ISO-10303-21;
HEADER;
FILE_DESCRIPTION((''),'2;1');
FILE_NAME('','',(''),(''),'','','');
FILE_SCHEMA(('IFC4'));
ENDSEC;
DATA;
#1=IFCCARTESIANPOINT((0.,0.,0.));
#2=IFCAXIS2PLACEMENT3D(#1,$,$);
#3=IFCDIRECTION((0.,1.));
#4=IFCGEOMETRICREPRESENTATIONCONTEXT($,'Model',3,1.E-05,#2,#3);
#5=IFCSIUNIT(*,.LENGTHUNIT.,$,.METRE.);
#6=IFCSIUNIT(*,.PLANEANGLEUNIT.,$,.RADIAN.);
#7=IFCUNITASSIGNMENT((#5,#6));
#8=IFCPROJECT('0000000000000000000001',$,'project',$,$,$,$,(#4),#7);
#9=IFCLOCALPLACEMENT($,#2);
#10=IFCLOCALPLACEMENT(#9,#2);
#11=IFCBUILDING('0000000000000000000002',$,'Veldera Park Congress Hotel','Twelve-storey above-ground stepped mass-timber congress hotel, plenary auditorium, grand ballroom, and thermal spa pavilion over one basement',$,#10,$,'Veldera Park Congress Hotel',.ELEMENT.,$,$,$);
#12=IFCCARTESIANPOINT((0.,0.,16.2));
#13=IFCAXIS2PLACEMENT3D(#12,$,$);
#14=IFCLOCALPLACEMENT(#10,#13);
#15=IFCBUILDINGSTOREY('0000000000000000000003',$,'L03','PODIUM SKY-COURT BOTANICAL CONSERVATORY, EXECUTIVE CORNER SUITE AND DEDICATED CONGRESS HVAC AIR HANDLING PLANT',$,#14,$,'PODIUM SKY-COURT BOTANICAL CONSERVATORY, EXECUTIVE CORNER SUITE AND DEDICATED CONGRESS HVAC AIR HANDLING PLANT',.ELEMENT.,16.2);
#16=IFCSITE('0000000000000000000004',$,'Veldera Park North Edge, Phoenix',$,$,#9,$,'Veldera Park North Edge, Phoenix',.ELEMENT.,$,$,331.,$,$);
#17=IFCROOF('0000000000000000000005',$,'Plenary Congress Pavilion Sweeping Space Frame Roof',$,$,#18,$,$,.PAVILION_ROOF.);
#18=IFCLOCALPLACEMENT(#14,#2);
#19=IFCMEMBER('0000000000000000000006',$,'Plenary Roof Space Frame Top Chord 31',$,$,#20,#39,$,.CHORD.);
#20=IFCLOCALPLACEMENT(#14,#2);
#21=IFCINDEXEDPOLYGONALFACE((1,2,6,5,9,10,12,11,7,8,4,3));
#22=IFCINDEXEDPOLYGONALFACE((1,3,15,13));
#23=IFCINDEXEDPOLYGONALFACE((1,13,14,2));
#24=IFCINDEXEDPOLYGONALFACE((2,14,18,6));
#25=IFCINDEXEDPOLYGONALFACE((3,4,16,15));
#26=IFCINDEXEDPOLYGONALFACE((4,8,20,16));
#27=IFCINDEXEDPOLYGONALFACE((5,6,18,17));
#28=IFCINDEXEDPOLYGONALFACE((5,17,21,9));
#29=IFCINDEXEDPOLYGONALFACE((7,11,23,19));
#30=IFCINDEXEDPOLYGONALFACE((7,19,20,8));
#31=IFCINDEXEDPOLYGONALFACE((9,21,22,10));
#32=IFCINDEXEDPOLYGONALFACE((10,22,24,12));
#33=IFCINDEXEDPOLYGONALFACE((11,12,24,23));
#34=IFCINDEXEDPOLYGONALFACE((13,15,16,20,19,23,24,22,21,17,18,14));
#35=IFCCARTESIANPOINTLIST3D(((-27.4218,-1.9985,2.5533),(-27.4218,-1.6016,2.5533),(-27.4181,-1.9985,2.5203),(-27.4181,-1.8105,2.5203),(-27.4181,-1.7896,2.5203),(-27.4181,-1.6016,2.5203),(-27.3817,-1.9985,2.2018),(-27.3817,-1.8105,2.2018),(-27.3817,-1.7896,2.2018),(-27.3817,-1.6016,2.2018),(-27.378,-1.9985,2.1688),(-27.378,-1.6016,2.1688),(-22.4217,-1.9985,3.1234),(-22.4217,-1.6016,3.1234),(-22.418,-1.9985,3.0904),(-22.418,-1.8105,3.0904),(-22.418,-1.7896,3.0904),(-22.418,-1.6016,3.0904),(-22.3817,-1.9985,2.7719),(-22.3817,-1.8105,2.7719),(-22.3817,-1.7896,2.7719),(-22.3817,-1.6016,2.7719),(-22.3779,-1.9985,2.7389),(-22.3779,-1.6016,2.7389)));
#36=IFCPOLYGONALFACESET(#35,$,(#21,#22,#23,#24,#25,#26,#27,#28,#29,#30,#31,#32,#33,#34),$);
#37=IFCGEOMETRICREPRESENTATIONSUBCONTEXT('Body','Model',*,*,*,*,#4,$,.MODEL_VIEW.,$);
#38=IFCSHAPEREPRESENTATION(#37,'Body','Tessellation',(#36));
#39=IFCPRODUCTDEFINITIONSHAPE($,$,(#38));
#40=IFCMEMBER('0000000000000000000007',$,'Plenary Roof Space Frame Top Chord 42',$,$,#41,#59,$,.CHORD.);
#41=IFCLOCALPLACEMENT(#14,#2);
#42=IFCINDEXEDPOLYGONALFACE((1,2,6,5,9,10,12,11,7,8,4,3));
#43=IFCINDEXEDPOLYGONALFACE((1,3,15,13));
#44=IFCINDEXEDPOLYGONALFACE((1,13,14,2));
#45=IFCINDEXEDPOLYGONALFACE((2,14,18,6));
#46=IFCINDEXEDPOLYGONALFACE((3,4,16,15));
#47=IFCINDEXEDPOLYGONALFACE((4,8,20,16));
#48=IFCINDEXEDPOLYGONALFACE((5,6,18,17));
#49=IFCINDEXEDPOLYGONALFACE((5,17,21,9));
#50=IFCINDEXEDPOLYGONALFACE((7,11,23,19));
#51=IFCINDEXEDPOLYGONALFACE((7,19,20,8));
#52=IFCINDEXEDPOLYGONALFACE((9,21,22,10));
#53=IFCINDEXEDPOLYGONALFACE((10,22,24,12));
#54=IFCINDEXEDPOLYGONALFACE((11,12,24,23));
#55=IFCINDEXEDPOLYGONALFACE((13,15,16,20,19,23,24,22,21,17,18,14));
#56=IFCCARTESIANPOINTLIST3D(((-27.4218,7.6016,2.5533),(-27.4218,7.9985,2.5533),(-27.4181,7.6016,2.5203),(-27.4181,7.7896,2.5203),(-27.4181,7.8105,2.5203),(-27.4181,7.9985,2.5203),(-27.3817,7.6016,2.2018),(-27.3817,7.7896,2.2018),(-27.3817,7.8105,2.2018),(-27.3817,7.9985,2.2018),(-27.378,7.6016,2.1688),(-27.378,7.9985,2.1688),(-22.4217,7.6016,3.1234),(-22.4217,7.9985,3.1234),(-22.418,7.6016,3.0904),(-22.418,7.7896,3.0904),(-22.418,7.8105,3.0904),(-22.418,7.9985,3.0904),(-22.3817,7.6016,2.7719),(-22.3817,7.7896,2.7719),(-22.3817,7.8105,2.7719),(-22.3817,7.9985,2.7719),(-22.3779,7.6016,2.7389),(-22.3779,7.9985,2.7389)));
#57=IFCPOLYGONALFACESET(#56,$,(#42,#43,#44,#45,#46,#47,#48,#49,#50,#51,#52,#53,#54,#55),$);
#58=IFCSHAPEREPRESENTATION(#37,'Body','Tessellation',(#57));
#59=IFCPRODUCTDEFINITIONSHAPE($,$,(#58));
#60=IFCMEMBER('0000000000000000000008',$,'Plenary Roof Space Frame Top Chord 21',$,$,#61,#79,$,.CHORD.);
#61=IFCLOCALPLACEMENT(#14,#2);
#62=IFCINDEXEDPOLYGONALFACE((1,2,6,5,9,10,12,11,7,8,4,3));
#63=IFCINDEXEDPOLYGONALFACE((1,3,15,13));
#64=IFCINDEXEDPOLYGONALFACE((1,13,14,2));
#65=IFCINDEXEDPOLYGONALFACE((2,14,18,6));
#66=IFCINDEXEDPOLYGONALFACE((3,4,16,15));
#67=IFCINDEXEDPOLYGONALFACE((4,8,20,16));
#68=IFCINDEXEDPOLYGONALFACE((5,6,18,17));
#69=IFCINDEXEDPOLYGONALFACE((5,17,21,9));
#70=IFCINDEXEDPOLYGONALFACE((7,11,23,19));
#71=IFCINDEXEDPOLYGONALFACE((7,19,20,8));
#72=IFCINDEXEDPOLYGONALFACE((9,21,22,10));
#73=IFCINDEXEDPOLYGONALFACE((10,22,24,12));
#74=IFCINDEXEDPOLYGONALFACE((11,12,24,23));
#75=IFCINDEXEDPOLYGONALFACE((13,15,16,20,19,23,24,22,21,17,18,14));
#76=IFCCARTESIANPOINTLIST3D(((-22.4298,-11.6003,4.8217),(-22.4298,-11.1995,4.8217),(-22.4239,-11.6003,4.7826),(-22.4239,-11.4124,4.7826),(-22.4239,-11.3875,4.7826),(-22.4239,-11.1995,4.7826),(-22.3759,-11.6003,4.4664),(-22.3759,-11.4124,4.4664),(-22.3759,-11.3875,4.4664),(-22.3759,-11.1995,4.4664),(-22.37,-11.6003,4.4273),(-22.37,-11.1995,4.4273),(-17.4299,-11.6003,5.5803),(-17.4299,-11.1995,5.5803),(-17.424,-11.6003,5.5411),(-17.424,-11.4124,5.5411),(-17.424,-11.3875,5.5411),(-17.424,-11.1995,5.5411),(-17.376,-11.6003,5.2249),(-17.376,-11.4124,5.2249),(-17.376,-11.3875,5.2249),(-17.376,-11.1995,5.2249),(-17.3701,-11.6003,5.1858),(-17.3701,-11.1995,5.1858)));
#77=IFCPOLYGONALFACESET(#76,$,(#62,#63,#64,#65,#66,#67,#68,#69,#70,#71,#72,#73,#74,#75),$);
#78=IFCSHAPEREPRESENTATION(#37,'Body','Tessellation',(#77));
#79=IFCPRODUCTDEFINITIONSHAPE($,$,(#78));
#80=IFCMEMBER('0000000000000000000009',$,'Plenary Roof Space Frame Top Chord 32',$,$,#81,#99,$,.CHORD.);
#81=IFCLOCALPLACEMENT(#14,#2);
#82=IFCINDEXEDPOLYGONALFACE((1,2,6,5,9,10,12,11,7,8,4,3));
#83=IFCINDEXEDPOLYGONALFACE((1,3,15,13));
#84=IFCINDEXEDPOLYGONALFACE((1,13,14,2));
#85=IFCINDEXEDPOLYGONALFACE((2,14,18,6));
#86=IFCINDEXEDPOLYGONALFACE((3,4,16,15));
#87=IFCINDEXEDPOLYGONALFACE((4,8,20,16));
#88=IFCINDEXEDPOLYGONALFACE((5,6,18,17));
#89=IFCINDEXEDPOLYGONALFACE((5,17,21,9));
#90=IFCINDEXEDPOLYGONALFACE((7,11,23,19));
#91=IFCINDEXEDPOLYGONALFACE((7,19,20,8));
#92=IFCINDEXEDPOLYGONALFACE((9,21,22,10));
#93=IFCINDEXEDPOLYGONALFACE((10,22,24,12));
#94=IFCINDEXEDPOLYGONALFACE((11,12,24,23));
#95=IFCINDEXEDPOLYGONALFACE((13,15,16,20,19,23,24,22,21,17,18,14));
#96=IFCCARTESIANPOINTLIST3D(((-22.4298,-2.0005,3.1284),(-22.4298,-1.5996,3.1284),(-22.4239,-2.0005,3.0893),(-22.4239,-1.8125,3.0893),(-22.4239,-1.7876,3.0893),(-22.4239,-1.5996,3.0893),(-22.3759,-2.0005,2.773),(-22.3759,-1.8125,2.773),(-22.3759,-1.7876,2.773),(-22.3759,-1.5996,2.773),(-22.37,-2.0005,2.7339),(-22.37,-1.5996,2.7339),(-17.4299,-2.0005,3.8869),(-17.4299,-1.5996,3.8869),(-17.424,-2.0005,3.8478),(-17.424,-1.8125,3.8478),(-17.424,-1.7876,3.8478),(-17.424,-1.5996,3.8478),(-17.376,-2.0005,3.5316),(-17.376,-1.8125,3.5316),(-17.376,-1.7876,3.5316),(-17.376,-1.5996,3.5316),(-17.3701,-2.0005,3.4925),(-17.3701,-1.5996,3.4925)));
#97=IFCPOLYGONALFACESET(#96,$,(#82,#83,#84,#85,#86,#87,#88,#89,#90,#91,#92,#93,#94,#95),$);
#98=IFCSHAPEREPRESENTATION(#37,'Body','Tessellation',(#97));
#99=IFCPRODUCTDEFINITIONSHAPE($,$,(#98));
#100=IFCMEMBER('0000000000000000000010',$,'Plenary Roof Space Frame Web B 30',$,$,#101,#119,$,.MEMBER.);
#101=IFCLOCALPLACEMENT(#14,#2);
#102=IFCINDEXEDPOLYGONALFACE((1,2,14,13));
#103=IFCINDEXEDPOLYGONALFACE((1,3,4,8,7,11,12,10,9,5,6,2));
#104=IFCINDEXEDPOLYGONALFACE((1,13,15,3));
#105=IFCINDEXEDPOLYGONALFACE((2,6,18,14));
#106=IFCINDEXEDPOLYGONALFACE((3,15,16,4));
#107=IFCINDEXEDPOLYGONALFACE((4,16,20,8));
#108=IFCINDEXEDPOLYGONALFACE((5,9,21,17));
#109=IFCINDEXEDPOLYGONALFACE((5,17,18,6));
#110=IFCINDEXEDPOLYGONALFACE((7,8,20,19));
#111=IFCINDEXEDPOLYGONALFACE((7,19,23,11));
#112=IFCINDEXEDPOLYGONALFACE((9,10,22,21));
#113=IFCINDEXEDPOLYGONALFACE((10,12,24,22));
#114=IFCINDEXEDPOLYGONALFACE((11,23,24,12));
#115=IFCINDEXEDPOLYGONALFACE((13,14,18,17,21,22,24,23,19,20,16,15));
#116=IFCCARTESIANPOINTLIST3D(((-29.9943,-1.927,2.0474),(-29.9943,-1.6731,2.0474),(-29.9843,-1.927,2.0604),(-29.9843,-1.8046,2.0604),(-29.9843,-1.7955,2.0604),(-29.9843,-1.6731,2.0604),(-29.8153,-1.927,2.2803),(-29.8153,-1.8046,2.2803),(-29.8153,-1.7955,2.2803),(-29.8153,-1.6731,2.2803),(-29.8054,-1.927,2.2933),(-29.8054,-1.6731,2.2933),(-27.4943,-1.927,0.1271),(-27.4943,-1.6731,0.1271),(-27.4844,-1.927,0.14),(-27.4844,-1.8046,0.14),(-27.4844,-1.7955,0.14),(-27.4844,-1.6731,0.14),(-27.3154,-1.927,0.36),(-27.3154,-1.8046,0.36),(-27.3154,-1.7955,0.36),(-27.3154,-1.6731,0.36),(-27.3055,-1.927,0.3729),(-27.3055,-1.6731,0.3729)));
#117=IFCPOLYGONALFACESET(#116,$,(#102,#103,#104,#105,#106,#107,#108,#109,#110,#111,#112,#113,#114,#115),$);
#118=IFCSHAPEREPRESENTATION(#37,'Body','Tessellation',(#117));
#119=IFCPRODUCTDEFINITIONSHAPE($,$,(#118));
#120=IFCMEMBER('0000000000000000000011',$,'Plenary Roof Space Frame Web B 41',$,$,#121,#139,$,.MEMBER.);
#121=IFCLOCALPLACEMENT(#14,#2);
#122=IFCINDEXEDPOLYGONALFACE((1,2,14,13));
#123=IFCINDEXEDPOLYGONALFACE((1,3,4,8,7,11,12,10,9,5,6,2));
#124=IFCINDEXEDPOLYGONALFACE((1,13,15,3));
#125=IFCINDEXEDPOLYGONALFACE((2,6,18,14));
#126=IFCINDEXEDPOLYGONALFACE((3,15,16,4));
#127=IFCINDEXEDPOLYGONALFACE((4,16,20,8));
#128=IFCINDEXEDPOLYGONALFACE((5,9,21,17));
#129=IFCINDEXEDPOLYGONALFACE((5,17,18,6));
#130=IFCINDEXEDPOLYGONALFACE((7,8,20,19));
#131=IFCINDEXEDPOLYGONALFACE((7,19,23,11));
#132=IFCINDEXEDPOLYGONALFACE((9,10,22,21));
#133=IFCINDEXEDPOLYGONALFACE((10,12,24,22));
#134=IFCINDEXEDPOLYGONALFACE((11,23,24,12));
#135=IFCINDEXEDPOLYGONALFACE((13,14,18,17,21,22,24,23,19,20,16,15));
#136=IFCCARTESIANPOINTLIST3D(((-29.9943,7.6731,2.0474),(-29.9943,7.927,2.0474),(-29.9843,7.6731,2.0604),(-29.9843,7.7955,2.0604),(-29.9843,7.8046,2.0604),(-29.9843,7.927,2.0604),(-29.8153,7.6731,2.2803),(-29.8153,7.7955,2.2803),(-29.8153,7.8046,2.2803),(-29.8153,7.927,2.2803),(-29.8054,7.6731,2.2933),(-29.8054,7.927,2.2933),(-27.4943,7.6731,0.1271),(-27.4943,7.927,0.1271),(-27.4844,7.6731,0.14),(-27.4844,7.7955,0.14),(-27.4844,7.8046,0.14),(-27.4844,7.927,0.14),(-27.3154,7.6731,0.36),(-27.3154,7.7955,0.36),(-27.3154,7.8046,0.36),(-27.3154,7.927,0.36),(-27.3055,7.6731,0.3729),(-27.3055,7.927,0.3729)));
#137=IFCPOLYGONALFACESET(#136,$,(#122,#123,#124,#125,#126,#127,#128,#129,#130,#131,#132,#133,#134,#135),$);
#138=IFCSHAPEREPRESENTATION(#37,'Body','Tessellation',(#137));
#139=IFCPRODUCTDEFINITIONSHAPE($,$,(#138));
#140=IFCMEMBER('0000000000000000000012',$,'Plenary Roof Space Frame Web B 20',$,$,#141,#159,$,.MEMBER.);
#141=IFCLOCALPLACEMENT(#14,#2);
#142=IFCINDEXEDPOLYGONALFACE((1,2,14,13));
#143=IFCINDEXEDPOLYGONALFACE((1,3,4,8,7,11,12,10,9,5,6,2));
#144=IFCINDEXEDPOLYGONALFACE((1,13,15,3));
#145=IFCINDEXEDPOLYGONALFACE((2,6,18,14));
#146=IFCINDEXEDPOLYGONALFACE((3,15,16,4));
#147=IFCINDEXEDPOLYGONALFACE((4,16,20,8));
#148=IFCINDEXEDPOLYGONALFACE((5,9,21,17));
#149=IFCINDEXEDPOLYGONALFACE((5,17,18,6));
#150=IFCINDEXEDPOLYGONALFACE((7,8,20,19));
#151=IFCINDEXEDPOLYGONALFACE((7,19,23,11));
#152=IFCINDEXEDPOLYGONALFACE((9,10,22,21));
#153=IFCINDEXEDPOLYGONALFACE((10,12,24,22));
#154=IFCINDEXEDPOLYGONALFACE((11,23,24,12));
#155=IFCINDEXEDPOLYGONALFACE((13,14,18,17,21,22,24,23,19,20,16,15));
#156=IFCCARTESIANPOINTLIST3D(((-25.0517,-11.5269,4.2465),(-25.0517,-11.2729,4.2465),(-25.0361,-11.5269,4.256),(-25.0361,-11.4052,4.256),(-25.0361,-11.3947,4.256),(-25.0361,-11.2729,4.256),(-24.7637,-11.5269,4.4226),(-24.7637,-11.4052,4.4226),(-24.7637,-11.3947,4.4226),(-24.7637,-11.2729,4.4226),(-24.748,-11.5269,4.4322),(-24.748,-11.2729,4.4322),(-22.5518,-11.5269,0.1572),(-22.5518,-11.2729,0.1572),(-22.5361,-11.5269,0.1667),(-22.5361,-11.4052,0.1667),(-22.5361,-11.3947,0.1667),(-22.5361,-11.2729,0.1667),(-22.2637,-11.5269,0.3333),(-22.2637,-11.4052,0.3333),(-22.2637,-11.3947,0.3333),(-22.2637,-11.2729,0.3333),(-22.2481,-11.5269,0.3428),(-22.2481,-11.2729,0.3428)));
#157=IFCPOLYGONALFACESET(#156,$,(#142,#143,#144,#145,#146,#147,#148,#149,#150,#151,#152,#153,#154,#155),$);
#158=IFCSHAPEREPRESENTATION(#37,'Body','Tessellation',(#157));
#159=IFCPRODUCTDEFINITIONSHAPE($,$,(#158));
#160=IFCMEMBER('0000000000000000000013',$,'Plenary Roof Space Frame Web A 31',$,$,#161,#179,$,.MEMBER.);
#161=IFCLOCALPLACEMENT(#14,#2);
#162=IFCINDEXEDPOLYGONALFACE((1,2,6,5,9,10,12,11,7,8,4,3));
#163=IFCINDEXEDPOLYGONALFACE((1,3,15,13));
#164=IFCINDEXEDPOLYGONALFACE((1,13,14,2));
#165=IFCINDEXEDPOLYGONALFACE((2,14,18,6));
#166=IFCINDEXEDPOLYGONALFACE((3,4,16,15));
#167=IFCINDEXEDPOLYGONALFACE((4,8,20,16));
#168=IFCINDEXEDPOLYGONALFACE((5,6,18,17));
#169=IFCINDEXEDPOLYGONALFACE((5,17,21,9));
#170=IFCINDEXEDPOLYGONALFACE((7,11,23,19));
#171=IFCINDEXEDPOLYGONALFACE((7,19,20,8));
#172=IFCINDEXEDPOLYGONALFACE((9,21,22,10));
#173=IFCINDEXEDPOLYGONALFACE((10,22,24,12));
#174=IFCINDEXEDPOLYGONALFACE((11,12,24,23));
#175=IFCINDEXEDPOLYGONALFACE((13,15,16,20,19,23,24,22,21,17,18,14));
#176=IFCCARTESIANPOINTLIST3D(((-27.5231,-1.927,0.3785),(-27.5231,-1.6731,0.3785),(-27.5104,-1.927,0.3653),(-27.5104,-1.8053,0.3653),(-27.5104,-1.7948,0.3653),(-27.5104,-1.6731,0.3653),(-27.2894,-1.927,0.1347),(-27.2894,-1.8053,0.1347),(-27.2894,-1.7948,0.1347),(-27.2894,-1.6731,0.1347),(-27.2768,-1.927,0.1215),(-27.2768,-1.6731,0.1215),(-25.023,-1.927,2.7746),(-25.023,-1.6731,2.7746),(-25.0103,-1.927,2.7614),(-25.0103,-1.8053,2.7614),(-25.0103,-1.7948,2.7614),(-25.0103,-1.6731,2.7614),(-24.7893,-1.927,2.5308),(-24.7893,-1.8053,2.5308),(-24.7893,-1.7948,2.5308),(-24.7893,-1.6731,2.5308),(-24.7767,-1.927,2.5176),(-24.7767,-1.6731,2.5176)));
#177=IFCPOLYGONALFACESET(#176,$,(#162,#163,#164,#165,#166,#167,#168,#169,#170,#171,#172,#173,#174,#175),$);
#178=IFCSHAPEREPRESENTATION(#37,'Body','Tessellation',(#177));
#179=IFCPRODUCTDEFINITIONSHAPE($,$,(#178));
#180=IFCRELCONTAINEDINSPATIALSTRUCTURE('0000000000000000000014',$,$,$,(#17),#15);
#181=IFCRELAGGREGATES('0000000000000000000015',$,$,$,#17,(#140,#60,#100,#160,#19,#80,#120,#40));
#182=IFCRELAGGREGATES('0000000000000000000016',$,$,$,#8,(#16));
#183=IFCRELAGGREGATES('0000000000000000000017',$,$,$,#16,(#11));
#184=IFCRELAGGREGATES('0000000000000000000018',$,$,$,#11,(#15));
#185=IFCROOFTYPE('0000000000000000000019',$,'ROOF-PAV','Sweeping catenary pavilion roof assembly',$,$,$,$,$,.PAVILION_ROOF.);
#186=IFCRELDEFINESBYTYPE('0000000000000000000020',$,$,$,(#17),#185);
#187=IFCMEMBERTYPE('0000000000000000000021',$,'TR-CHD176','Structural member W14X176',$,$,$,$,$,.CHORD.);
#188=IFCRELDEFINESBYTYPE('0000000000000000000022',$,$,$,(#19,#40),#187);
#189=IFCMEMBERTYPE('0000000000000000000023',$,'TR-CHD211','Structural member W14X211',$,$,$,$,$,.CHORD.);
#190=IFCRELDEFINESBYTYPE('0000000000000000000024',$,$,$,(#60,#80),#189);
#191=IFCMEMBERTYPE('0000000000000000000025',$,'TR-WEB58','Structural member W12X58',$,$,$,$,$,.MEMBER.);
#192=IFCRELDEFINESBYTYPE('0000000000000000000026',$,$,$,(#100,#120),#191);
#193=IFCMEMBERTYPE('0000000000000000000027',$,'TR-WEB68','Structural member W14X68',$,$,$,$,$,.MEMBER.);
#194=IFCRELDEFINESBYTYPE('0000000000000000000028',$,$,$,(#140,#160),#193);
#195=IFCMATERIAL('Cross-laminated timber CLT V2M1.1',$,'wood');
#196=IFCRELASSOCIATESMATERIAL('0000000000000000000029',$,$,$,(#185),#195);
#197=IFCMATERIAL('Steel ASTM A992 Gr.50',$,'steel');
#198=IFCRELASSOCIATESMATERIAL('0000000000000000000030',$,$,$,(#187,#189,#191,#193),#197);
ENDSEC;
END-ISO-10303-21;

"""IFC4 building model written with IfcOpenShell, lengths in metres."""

from ifc_helpers import new_model, si_unit, direction, frame, origin, origin_2d, place, context, subcontext, project, spatial, i_section, extrude, material, material_profile, profile_set, type_object, element, aggregate, save


model = new_model("IFC4")

# Units and contexts
model_context = context("Model", 3, precision=1e-05, world=origin(), true_north=direction((0.0, 1.0)))
body_context = subcontext(model_context, "Body", "Model", "MODEL_VIEW")
ifc_project = project(units=[si_unit("LENGTHUNIT", "METRE"), si_unit("PLANEANGLEUNIT", "RADIAN")], contexts=[model_context])

# Site, building, storey
site_placement = place(None, origin())
site = spatial("IfcSite", under=ifc_project, at=site_placement, Name="Veldera Park North Edge, Phoenix", LongName="Veldera Park North Edge, Phoenix", CompositionType="ELEMENT", RefElevation=331.0)
building_placement = place(site_placement, origin())
building = spatial("IfcBuilding", under=site, at=building_placement, Name="Veldera Park Congress Hotel", Description="Twelve-storey above-ground stepped mass-timber congress hotel, plenary auditorium, grand ballroom, and thermal spa pavilion over one basement", LongName="Veldera Park Congress Hotel", CompositionType="ELEMENT")
storey_placement = place(building_placement, frame((0.0, 0.0, 16.2)))
storey = spatial("IfcBuildingStorey", under=building, at=storey_placement, Name="L03", Description="PODIUM SKY-COURT BOTANICAL CONSERVATORY, EXECUTIVE CORNER SUITE AND DEDICATED CONGRESS HVAC AIR HANDLING PLANT", LongName="PODIUM SKY-COURT BOTANICAL CONSERVATORY, EXECUTIVE CORNER SUITE AND DEDICATED CONGRESS HVAC AIR HANDLING PLANT", CompositionType="ELEMENT", Elevation=16.2)

# Roof, members
ifc_material_1 = material(Name="Cross-laminated timber CLT V2M1.1", Category="wood")
roof_type = type_object("IfcRoofType", Name="ROOF-PAV", Description="Sweeping catenary pavilion roof assembly", PredefinedType="PAVILION_ROOF", material=ifc_material_1)
roof_placement = place(storey_placement, origin())
roof = element("IfcRoof", 1, at=roof_placement, inside=storey, type_object=roof_type, Name="Plenary Congress Pavilion Sweeping Space Frame Roof", PredefinedType="PAVILION_ROOF")
ifc_material_2 = material(Name="Steel ASTM A992 Gr.50", Category="steel")
ifc_material_profile_1 = material_profile(ifc_material_2, i_section(OverallWidth=0.397, OverallDepth=0.387, WebThickness=0.021, FlangeThickness=0.0332, at=origin_2d()), Name="W14X176")
ifc_profile_set_1 = profile_set([ifc_material_profile_1], Name="Steel ASTM A992 Gr.50")
member_type_1 = type_object("IfcMemberType", Name="TR-CHD176", Description="Structural member W14X176", PredefinedType="CHORD", material=ifc_profile_set_1)
member_1_placement = place(storey_placement, frame((-27.3999, -1.8, 2.3611), z_axis=(0.993563, 0.0, 0.11328), x_axis=(0.0, 1.0, 0.0)))
member_1 = element("IfcMember", 2, at=member_1_placement, type_object=member_type_1, Name="Plenary Roof Space Frame Top Chord 31", PredefinedType="CHORD", context=body_context, shape_type="SweptSolid", body=[
    extrude(i_section(OverallWidth=0.397, OverallDepth=0.387, WebThickness=0.021, FlangeThickness=0.0332, at=origin_2d()), origin(), (0.0, 0.0, 1.0), 5.0325),
])
member_2_placement = place(storey_placement, frame((-27.3999, 7.8, 2.3611), z_axis=(0.993563, 0.0, 0.11328), x_axis=(0.0, 1.0, 0.0)))
member_2 = element("IfcMember", 3, at=member_2_placement, type_object=member_type_1, Name="Plenary Roof Space Frame Top Chord 42", PredefinedType="CHORD", context=body_context, shape_type="SweptSolid", body=[
    extrude(i_section(OverallWidth=0.397, OverallDepth=0.387, WebThickness=0.021, FlangeThickness=0.0332, at=origin_2d()), origin(), (0.0, 0.0, 1.0), 5.0325),
])
ifc_material_profile_2 = material_profile(ifc_material_2, i_section(OverallWidth=0.4009, OverallDepth=0.3989, WebThickness=0.0249, FlangeThickness=0.0396, at=origin_2d()), Name="W14X211")
ifc_profile_set_2 = profile_set([ifc_material_profile_2], Name="Steel ASTM A992 Gr.50")
member_type_2 = type_object("IfcMemberType", Name="TR-CHD211", Description="Structural member W14X211", PredefinedType="CHORD", material=ifc_profile_set_2)
member_3_placement = place(storey_placement, frame((-22.3999, -11.3999, 4.6245), z_axis=(0.988687, 0.0, 0.149993), x_axis=(0.0, 1.0, 0.0)))
member_3 = element("IfcMember", 4, at=member_3_placement, type_object=member_type_2, Name="Plenary Roof Space Frame Top Chord 21", PredefinedType="CHORD", context=body_context, shape_type="SweptSolid", body=[
    extrude(i_section(OverallWidth=0.4009, OverallDepth=0.3989, WebThickness=0.0249, FlangeThickness=0.0396, at=origin_2d()), origin(), (0.0, 0.0, 1.0), 5.0571),
])
member_4_placement = place(storey_placement, frame((-22.3999, -1.8, 2.9312), z_axis=(0.988687, 0.0, 0.149993), x_axis=(0.0, 1.0, 0.0)))
member_4 = element("IfcMember", 5, at=member_4_placement, type_object=member_type_2, Name="Plenary Roof Space Frame Top Chord 32", PredefinedType="CHORD", context=body_context, shape_type="SweptSolid", body=[
    extrude(i_section(OverallWidth=0.4009, OverallDepth=0.3989, WebThickness=0.0249, FlangeThickness=0.0396, at=origin_2d()), origin(), (0.0, 0.0, 1.0), 5.0571),
])
ifc_material_profile_3 = material_profile(ifc_material_2, i_section(OverallWidth=0.2539, OverallDepth=0.3101, WebThickness=0.009, FlangeThickness=0.0164, at=origin_2d()), Name="W12X58")
ifc_profile_set_3 = profile_set([ifc_material_profile_3], Name="Steel ASTM A992 Gr.50")
member_type_3 = type_object("IfcMemberType", Name="TR-WEB58", Description="Structural member W12X58", PredefinedType="MEMBER", material=ifc_profile_set_3)
member_5_placement = place(storey_placement, frame((-27.3999, -1.8, 0.25), z_axis=(-0.793033, 0.0, 0.609179), x_axis=(0.0, -1.0, 0.0)))
member_5 = element("IfcMember", 6, at=member_5_placement, type_object=member_type_3, Name="Plenary Roof Space Frame Web B 30", PredefinedType="MEMBER", context=body_context, shape_type="SweptSolid", body=[
    extrude(i_section(OverallWidth=0.2539, OverallDepth=0.3101, WebThickness=0.009, FlangeThickness=0.0164, at=origin_2d()), origin(), (0.0, 0.0, 1.0), 3.1523),
])
member_6_placement = place(storey_placement, frame((-27.3999, 7.8, 0.25), z_axis=(-0.793033, 0.0, 0.609179), x_axis=(0.0, -1.0, 0.0)))
member_6 = element("IfcMember", 7, at=member_6_placement, type_object=member_type_3, Name="Plenary Roof Space Frame Web B 41", PredefinedType="MEMBER", context=body_context, shape_type="SweptSolid", body=[
    extrude(i_section(OverallWidth=0.2539, OverallDepth=0.3101, WebThickness=0.009, FlangeThickness=0.0164, at=origin_2d()), origin(), (0.0, 0.0, 1.0), 3.1523),
])
ifc_material_profile_4 = material_profile(ifc_material_2, i_section(OverallWidth=0.2539, OverallDepth=0.356, WebThickness=0.0105, FlangeThickness=0.0183, at=origin_2d()), Name="W14X68")
ifc_profile_set_4 = profile_set([ifc_material_profile_4], Name="Steel ASTM A992 Gr.50")
member_type_4 = type_object("IfcMemberType", Name="TR-WEB68", Description="Structural member W14X68", PredefinedType="MEMBER", material=ifc_profile_set_4)
member_7_placement = place(storey_placement, frame((-22.3999, -11.3999, 0.25), z_axis=(-0.521594, 0.0, 0.853194), x_axis=(0.0, -1.0, 0.0)))
member_7 = element("IfcMember", 8, at=member_7_placement, type_object=member_type_4, Name="Plenary Roof Space Frame Web B 20", PredefinedType="MEMBER", context=body_context, shape_type="SweptSolid", body=[
    extrude(i_section(OverallWidth=0.2539, OverallDepth=0.356, WebThickness=0.0105, FlangeThickness=0.0183, at=origin_2d()), origin(), (0.0, 0.0, 1.0), 4.793),
])
member_8_placement = place(storey_placement, frame((-27.3999, -1.8, 0.25), z_axis=(0.721965, 0.0, 0.69193), x_axis=(0.0, 1.0, 0.0)))
member_8 = element("IfcMember", 9, at=member_8_placement, type_object=member_type_4, Name="Plenary Roof Space Frame Web A 31", PredefinedType="MEMBER", context=body_context, shape_type="SweptSolid", body=[
    extrude(i_section(OverallWidth=0.2539, OverallDepth=0.356, WebThickness=0.0105, FlangeThickness=0.0183, at=origin_2d()), origin(), (0.0, 0.0, 1.0), 3.4629),
])
aggregate(roof, [member_7, member_3, member_5, member_8, member_1, member_4, member_6, member_2])

save(model, "model.ifc")
